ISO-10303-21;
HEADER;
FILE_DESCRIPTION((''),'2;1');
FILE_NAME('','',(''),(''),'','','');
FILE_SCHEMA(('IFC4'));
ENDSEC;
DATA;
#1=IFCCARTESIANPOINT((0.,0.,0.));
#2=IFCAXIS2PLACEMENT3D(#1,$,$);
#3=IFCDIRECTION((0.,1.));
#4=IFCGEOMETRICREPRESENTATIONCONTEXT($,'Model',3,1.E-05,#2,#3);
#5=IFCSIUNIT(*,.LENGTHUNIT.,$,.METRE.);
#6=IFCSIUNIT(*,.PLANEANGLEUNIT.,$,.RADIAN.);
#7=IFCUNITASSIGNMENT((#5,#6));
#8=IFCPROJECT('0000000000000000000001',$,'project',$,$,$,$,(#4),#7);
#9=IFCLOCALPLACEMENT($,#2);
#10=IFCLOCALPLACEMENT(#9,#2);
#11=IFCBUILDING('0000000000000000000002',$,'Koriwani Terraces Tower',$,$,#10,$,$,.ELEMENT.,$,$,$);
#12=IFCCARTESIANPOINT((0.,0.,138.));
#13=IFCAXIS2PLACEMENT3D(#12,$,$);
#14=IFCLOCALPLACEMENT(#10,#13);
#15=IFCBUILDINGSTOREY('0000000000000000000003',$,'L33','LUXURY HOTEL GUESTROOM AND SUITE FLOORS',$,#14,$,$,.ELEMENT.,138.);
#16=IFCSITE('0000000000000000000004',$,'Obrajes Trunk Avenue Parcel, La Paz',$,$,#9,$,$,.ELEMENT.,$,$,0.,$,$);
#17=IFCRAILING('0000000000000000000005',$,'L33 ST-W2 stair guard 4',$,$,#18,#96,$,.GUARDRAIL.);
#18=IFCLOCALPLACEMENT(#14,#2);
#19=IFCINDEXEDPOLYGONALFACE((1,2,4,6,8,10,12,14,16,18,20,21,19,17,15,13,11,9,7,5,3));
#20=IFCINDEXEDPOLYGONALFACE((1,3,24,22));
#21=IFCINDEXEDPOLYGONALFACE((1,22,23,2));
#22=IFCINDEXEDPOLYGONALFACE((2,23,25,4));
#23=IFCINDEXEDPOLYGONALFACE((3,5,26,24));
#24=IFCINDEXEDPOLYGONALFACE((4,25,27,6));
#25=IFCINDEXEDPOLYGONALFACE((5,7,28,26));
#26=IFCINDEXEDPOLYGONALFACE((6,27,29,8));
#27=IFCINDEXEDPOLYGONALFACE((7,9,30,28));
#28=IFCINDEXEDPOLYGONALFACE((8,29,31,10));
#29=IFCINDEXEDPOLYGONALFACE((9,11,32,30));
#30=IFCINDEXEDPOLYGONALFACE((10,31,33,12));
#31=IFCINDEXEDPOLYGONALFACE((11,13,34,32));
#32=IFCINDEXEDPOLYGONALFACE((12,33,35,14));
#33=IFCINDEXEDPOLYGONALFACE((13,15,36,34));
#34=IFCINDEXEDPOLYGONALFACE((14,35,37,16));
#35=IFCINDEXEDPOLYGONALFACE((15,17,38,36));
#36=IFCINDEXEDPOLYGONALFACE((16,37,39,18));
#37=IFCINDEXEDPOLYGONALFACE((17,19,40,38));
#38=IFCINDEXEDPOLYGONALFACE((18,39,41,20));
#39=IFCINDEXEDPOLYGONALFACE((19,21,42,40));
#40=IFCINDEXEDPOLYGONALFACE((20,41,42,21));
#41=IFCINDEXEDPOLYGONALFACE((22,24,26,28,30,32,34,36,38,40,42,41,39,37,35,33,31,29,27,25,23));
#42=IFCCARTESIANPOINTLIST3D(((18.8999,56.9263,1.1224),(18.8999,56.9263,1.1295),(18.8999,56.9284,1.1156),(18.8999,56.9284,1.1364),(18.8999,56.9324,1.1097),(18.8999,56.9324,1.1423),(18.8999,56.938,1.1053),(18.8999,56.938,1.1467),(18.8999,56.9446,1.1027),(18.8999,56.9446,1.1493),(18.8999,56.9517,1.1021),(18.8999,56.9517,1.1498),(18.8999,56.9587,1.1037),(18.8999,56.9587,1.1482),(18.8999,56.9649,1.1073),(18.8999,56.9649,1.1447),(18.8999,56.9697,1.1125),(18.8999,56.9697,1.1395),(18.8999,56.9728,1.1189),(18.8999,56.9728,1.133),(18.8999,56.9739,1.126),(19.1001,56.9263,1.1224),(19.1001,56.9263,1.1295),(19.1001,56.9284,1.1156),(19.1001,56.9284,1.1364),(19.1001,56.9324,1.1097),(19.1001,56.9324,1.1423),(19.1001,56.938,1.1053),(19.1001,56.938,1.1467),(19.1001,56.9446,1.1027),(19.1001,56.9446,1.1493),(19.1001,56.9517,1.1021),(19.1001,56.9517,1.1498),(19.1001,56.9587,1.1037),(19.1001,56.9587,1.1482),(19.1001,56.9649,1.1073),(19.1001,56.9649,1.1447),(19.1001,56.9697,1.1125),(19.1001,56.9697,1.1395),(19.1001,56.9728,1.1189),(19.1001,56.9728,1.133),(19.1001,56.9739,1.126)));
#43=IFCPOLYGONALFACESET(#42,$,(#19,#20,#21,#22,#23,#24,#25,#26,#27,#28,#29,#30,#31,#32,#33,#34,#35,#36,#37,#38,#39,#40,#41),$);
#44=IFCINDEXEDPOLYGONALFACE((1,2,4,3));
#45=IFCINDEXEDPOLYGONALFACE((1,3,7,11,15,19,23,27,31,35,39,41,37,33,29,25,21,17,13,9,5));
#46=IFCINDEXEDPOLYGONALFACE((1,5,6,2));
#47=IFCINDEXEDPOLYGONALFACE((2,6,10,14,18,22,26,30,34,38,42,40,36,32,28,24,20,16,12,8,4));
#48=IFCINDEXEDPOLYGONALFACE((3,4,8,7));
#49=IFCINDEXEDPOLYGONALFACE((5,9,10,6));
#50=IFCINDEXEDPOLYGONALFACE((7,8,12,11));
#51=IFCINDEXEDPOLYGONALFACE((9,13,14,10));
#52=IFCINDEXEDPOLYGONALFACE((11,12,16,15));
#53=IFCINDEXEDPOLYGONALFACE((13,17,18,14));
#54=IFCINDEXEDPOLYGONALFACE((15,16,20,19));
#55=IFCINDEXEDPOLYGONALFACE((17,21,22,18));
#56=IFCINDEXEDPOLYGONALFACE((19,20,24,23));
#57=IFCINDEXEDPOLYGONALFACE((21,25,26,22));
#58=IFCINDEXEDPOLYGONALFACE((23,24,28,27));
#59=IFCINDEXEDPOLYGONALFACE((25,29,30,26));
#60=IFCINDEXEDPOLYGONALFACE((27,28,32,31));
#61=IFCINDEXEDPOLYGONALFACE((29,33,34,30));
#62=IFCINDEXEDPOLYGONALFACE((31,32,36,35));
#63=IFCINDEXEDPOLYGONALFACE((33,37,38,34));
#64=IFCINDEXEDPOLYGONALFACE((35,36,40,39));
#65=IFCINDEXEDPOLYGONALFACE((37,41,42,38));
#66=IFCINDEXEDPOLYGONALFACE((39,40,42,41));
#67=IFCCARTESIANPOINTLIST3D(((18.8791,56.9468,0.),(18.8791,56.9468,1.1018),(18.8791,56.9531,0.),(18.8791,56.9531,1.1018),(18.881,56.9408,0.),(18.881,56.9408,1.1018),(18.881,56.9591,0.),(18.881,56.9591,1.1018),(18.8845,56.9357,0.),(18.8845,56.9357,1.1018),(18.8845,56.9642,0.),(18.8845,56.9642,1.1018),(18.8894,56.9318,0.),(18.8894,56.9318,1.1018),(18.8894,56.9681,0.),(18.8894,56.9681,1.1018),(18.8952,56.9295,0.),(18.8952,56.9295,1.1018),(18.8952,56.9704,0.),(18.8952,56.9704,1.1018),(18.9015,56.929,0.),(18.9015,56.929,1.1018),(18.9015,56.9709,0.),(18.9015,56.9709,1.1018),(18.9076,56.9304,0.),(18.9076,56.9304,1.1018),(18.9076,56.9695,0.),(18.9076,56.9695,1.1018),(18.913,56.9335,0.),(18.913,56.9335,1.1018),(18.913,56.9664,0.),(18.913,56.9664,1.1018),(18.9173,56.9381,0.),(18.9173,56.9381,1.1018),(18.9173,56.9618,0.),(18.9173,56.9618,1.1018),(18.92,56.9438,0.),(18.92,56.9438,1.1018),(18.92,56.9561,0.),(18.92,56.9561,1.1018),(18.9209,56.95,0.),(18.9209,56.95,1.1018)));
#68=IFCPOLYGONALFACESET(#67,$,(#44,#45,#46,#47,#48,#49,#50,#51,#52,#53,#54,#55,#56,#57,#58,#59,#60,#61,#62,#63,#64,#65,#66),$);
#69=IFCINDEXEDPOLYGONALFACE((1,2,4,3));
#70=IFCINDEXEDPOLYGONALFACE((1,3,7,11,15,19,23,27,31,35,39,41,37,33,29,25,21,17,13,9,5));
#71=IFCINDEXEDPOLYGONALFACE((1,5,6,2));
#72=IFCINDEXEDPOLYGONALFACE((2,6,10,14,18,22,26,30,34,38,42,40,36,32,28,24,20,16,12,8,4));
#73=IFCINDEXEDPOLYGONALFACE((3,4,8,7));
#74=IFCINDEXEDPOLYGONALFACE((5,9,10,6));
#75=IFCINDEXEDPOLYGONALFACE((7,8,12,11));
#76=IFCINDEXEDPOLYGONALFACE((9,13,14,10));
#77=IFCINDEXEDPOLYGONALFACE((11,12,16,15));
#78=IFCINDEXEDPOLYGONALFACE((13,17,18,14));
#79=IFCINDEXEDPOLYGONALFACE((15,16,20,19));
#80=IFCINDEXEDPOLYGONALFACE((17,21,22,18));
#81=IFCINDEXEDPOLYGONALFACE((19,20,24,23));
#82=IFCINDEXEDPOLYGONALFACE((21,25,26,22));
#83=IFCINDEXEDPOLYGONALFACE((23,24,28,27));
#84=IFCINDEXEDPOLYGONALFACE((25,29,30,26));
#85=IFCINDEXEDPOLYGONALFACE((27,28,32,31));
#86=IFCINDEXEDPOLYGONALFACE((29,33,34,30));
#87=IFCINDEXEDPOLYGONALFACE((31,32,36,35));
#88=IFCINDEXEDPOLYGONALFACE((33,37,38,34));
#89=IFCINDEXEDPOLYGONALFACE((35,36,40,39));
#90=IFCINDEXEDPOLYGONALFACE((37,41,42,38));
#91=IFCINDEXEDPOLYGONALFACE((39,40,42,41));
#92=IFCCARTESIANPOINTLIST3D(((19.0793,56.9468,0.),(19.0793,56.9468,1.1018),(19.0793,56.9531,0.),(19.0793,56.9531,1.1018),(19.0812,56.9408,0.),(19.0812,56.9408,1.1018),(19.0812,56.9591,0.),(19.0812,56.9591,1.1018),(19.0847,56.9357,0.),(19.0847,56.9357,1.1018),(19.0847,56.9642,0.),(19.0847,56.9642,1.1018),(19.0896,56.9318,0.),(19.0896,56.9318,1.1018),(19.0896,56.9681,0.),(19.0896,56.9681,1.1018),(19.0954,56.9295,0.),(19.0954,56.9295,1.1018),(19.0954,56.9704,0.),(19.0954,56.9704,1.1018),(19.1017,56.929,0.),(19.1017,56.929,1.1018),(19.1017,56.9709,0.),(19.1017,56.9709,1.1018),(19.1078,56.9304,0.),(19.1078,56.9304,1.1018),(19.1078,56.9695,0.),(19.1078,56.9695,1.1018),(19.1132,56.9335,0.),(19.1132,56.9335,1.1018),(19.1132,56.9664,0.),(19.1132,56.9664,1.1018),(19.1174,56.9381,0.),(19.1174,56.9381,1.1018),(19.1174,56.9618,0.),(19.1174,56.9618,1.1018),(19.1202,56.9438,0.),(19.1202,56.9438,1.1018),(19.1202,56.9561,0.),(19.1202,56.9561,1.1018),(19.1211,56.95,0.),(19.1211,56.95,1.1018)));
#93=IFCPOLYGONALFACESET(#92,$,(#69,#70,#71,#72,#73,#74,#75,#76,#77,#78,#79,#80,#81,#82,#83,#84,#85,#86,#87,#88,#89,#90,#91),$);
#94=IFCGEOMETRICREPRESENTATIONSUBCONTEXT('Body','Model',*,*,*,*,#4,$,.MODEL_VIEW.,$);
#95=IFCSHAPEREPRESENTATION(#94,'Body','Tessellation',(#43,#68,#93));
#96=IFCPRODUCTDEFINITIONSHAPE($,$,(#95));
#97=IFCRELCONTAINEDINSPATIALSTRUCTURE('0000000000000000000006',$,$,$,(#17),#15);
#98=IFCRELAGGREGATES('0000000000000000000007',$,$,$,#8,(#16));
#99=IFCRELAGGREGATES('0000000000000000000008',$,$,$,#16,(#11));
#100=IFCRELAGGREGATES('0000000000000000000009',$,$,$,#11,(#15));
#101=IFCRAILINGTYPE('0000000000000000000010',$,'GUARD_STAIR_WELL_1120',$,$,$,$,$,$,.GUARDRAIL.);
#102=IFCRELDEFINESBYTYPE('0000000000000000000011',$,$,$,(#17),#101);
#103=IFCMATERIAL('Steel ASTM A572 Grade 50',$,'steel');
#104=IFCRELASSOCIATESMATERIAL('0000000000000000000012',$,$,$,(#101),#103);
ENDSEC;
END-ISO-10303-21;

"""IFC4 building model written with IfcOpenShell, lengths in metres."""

from ifc_helpers import new_model, si_unit, direction, frame, origin, origin_2d, place, context, subcontext, project, spatial, circle, extrude, material, type_object, element, save


model = new_model("IFC4")

# Units and contexts
model_context = context("Model", 3, precision=1e-05, world=origin(), true_north=direction((0.0, 1.0)))
body_context = subcontext(model_context, "Body", "Model", "MODEL_VIEW")
ifc_project = project(units=[si_unit("LENGTHUNIT", "METRE"), si_unit("PLANEANGLEUNIT", "RADIAN")], contexts=[model_context])

# Site, building, storey
site_placement = place(None, origin())
site = spatial("IfcSite", under=ifc_project, at=site_placement, Name="Obrajes Trunk Avenue Parcel, La Paz", CompositionType="ELEMENT", RefElevation=0.0)
building_placement = place(site_placement, origin())
building = spatial("IfcBuilding", under=site, at=building_placement, Name="Koriwani Terraces Tower", CompositionType="ELEMENT")
storey_placement = place(building_placement, frame((0.0, 0.0, 138.0)))
storey = spatial("IfcBuildingStorey", under=building, at=storey_placement, Name="L33", Description="LUXURY HOTEL GUESTROOM AND SUITE FLOORS", CompositionType="ELEMENT", Elevation=138.0)

# Shared definitions
ifc_material_1 = material(Name="Steel ASTM A572 Grade 50", Category="steel")

# Railing
railing_type_1 = type_object("IfcRailingType", Name="GUARD_STAIR_WELL_1120", PredefinedType="GUARDRAIL", material=ifc_material_1)
railing_1_placement = place(storey_placement, frame((18.8999, 56.95, 0.0)))
element("IfcRailing", 1, at=railing_1_placement, inside=storey, type_object=railing_type_1, Name="L33 ST-W2 stair guard 4", PredefinedType="GUARDRAIL", context=body_context, shape_type="SweptSolid", body=[
    extrude(circle(Radius=0.0239, at=origin_2d()), frame((0.0, 0.0, 1.126), z_axis=(1.0, 0.0, 0.0), x_axis=(0.0, 1.0, 0.0)), (0.0, 0.0, 1.0), 0.2002),
    extrude(circle(Radius=0.021, at=origin_2d()), origin(), (0.0, 0.0, 1.0), 1.1018),
    extrude(circle(Radius=0.021, at=origin_2d()), frame((0.2002, 0.0, 0.0)), (0.0, 0.0, 1.0), 1.1018),
])

save(model, "model.ifc")
